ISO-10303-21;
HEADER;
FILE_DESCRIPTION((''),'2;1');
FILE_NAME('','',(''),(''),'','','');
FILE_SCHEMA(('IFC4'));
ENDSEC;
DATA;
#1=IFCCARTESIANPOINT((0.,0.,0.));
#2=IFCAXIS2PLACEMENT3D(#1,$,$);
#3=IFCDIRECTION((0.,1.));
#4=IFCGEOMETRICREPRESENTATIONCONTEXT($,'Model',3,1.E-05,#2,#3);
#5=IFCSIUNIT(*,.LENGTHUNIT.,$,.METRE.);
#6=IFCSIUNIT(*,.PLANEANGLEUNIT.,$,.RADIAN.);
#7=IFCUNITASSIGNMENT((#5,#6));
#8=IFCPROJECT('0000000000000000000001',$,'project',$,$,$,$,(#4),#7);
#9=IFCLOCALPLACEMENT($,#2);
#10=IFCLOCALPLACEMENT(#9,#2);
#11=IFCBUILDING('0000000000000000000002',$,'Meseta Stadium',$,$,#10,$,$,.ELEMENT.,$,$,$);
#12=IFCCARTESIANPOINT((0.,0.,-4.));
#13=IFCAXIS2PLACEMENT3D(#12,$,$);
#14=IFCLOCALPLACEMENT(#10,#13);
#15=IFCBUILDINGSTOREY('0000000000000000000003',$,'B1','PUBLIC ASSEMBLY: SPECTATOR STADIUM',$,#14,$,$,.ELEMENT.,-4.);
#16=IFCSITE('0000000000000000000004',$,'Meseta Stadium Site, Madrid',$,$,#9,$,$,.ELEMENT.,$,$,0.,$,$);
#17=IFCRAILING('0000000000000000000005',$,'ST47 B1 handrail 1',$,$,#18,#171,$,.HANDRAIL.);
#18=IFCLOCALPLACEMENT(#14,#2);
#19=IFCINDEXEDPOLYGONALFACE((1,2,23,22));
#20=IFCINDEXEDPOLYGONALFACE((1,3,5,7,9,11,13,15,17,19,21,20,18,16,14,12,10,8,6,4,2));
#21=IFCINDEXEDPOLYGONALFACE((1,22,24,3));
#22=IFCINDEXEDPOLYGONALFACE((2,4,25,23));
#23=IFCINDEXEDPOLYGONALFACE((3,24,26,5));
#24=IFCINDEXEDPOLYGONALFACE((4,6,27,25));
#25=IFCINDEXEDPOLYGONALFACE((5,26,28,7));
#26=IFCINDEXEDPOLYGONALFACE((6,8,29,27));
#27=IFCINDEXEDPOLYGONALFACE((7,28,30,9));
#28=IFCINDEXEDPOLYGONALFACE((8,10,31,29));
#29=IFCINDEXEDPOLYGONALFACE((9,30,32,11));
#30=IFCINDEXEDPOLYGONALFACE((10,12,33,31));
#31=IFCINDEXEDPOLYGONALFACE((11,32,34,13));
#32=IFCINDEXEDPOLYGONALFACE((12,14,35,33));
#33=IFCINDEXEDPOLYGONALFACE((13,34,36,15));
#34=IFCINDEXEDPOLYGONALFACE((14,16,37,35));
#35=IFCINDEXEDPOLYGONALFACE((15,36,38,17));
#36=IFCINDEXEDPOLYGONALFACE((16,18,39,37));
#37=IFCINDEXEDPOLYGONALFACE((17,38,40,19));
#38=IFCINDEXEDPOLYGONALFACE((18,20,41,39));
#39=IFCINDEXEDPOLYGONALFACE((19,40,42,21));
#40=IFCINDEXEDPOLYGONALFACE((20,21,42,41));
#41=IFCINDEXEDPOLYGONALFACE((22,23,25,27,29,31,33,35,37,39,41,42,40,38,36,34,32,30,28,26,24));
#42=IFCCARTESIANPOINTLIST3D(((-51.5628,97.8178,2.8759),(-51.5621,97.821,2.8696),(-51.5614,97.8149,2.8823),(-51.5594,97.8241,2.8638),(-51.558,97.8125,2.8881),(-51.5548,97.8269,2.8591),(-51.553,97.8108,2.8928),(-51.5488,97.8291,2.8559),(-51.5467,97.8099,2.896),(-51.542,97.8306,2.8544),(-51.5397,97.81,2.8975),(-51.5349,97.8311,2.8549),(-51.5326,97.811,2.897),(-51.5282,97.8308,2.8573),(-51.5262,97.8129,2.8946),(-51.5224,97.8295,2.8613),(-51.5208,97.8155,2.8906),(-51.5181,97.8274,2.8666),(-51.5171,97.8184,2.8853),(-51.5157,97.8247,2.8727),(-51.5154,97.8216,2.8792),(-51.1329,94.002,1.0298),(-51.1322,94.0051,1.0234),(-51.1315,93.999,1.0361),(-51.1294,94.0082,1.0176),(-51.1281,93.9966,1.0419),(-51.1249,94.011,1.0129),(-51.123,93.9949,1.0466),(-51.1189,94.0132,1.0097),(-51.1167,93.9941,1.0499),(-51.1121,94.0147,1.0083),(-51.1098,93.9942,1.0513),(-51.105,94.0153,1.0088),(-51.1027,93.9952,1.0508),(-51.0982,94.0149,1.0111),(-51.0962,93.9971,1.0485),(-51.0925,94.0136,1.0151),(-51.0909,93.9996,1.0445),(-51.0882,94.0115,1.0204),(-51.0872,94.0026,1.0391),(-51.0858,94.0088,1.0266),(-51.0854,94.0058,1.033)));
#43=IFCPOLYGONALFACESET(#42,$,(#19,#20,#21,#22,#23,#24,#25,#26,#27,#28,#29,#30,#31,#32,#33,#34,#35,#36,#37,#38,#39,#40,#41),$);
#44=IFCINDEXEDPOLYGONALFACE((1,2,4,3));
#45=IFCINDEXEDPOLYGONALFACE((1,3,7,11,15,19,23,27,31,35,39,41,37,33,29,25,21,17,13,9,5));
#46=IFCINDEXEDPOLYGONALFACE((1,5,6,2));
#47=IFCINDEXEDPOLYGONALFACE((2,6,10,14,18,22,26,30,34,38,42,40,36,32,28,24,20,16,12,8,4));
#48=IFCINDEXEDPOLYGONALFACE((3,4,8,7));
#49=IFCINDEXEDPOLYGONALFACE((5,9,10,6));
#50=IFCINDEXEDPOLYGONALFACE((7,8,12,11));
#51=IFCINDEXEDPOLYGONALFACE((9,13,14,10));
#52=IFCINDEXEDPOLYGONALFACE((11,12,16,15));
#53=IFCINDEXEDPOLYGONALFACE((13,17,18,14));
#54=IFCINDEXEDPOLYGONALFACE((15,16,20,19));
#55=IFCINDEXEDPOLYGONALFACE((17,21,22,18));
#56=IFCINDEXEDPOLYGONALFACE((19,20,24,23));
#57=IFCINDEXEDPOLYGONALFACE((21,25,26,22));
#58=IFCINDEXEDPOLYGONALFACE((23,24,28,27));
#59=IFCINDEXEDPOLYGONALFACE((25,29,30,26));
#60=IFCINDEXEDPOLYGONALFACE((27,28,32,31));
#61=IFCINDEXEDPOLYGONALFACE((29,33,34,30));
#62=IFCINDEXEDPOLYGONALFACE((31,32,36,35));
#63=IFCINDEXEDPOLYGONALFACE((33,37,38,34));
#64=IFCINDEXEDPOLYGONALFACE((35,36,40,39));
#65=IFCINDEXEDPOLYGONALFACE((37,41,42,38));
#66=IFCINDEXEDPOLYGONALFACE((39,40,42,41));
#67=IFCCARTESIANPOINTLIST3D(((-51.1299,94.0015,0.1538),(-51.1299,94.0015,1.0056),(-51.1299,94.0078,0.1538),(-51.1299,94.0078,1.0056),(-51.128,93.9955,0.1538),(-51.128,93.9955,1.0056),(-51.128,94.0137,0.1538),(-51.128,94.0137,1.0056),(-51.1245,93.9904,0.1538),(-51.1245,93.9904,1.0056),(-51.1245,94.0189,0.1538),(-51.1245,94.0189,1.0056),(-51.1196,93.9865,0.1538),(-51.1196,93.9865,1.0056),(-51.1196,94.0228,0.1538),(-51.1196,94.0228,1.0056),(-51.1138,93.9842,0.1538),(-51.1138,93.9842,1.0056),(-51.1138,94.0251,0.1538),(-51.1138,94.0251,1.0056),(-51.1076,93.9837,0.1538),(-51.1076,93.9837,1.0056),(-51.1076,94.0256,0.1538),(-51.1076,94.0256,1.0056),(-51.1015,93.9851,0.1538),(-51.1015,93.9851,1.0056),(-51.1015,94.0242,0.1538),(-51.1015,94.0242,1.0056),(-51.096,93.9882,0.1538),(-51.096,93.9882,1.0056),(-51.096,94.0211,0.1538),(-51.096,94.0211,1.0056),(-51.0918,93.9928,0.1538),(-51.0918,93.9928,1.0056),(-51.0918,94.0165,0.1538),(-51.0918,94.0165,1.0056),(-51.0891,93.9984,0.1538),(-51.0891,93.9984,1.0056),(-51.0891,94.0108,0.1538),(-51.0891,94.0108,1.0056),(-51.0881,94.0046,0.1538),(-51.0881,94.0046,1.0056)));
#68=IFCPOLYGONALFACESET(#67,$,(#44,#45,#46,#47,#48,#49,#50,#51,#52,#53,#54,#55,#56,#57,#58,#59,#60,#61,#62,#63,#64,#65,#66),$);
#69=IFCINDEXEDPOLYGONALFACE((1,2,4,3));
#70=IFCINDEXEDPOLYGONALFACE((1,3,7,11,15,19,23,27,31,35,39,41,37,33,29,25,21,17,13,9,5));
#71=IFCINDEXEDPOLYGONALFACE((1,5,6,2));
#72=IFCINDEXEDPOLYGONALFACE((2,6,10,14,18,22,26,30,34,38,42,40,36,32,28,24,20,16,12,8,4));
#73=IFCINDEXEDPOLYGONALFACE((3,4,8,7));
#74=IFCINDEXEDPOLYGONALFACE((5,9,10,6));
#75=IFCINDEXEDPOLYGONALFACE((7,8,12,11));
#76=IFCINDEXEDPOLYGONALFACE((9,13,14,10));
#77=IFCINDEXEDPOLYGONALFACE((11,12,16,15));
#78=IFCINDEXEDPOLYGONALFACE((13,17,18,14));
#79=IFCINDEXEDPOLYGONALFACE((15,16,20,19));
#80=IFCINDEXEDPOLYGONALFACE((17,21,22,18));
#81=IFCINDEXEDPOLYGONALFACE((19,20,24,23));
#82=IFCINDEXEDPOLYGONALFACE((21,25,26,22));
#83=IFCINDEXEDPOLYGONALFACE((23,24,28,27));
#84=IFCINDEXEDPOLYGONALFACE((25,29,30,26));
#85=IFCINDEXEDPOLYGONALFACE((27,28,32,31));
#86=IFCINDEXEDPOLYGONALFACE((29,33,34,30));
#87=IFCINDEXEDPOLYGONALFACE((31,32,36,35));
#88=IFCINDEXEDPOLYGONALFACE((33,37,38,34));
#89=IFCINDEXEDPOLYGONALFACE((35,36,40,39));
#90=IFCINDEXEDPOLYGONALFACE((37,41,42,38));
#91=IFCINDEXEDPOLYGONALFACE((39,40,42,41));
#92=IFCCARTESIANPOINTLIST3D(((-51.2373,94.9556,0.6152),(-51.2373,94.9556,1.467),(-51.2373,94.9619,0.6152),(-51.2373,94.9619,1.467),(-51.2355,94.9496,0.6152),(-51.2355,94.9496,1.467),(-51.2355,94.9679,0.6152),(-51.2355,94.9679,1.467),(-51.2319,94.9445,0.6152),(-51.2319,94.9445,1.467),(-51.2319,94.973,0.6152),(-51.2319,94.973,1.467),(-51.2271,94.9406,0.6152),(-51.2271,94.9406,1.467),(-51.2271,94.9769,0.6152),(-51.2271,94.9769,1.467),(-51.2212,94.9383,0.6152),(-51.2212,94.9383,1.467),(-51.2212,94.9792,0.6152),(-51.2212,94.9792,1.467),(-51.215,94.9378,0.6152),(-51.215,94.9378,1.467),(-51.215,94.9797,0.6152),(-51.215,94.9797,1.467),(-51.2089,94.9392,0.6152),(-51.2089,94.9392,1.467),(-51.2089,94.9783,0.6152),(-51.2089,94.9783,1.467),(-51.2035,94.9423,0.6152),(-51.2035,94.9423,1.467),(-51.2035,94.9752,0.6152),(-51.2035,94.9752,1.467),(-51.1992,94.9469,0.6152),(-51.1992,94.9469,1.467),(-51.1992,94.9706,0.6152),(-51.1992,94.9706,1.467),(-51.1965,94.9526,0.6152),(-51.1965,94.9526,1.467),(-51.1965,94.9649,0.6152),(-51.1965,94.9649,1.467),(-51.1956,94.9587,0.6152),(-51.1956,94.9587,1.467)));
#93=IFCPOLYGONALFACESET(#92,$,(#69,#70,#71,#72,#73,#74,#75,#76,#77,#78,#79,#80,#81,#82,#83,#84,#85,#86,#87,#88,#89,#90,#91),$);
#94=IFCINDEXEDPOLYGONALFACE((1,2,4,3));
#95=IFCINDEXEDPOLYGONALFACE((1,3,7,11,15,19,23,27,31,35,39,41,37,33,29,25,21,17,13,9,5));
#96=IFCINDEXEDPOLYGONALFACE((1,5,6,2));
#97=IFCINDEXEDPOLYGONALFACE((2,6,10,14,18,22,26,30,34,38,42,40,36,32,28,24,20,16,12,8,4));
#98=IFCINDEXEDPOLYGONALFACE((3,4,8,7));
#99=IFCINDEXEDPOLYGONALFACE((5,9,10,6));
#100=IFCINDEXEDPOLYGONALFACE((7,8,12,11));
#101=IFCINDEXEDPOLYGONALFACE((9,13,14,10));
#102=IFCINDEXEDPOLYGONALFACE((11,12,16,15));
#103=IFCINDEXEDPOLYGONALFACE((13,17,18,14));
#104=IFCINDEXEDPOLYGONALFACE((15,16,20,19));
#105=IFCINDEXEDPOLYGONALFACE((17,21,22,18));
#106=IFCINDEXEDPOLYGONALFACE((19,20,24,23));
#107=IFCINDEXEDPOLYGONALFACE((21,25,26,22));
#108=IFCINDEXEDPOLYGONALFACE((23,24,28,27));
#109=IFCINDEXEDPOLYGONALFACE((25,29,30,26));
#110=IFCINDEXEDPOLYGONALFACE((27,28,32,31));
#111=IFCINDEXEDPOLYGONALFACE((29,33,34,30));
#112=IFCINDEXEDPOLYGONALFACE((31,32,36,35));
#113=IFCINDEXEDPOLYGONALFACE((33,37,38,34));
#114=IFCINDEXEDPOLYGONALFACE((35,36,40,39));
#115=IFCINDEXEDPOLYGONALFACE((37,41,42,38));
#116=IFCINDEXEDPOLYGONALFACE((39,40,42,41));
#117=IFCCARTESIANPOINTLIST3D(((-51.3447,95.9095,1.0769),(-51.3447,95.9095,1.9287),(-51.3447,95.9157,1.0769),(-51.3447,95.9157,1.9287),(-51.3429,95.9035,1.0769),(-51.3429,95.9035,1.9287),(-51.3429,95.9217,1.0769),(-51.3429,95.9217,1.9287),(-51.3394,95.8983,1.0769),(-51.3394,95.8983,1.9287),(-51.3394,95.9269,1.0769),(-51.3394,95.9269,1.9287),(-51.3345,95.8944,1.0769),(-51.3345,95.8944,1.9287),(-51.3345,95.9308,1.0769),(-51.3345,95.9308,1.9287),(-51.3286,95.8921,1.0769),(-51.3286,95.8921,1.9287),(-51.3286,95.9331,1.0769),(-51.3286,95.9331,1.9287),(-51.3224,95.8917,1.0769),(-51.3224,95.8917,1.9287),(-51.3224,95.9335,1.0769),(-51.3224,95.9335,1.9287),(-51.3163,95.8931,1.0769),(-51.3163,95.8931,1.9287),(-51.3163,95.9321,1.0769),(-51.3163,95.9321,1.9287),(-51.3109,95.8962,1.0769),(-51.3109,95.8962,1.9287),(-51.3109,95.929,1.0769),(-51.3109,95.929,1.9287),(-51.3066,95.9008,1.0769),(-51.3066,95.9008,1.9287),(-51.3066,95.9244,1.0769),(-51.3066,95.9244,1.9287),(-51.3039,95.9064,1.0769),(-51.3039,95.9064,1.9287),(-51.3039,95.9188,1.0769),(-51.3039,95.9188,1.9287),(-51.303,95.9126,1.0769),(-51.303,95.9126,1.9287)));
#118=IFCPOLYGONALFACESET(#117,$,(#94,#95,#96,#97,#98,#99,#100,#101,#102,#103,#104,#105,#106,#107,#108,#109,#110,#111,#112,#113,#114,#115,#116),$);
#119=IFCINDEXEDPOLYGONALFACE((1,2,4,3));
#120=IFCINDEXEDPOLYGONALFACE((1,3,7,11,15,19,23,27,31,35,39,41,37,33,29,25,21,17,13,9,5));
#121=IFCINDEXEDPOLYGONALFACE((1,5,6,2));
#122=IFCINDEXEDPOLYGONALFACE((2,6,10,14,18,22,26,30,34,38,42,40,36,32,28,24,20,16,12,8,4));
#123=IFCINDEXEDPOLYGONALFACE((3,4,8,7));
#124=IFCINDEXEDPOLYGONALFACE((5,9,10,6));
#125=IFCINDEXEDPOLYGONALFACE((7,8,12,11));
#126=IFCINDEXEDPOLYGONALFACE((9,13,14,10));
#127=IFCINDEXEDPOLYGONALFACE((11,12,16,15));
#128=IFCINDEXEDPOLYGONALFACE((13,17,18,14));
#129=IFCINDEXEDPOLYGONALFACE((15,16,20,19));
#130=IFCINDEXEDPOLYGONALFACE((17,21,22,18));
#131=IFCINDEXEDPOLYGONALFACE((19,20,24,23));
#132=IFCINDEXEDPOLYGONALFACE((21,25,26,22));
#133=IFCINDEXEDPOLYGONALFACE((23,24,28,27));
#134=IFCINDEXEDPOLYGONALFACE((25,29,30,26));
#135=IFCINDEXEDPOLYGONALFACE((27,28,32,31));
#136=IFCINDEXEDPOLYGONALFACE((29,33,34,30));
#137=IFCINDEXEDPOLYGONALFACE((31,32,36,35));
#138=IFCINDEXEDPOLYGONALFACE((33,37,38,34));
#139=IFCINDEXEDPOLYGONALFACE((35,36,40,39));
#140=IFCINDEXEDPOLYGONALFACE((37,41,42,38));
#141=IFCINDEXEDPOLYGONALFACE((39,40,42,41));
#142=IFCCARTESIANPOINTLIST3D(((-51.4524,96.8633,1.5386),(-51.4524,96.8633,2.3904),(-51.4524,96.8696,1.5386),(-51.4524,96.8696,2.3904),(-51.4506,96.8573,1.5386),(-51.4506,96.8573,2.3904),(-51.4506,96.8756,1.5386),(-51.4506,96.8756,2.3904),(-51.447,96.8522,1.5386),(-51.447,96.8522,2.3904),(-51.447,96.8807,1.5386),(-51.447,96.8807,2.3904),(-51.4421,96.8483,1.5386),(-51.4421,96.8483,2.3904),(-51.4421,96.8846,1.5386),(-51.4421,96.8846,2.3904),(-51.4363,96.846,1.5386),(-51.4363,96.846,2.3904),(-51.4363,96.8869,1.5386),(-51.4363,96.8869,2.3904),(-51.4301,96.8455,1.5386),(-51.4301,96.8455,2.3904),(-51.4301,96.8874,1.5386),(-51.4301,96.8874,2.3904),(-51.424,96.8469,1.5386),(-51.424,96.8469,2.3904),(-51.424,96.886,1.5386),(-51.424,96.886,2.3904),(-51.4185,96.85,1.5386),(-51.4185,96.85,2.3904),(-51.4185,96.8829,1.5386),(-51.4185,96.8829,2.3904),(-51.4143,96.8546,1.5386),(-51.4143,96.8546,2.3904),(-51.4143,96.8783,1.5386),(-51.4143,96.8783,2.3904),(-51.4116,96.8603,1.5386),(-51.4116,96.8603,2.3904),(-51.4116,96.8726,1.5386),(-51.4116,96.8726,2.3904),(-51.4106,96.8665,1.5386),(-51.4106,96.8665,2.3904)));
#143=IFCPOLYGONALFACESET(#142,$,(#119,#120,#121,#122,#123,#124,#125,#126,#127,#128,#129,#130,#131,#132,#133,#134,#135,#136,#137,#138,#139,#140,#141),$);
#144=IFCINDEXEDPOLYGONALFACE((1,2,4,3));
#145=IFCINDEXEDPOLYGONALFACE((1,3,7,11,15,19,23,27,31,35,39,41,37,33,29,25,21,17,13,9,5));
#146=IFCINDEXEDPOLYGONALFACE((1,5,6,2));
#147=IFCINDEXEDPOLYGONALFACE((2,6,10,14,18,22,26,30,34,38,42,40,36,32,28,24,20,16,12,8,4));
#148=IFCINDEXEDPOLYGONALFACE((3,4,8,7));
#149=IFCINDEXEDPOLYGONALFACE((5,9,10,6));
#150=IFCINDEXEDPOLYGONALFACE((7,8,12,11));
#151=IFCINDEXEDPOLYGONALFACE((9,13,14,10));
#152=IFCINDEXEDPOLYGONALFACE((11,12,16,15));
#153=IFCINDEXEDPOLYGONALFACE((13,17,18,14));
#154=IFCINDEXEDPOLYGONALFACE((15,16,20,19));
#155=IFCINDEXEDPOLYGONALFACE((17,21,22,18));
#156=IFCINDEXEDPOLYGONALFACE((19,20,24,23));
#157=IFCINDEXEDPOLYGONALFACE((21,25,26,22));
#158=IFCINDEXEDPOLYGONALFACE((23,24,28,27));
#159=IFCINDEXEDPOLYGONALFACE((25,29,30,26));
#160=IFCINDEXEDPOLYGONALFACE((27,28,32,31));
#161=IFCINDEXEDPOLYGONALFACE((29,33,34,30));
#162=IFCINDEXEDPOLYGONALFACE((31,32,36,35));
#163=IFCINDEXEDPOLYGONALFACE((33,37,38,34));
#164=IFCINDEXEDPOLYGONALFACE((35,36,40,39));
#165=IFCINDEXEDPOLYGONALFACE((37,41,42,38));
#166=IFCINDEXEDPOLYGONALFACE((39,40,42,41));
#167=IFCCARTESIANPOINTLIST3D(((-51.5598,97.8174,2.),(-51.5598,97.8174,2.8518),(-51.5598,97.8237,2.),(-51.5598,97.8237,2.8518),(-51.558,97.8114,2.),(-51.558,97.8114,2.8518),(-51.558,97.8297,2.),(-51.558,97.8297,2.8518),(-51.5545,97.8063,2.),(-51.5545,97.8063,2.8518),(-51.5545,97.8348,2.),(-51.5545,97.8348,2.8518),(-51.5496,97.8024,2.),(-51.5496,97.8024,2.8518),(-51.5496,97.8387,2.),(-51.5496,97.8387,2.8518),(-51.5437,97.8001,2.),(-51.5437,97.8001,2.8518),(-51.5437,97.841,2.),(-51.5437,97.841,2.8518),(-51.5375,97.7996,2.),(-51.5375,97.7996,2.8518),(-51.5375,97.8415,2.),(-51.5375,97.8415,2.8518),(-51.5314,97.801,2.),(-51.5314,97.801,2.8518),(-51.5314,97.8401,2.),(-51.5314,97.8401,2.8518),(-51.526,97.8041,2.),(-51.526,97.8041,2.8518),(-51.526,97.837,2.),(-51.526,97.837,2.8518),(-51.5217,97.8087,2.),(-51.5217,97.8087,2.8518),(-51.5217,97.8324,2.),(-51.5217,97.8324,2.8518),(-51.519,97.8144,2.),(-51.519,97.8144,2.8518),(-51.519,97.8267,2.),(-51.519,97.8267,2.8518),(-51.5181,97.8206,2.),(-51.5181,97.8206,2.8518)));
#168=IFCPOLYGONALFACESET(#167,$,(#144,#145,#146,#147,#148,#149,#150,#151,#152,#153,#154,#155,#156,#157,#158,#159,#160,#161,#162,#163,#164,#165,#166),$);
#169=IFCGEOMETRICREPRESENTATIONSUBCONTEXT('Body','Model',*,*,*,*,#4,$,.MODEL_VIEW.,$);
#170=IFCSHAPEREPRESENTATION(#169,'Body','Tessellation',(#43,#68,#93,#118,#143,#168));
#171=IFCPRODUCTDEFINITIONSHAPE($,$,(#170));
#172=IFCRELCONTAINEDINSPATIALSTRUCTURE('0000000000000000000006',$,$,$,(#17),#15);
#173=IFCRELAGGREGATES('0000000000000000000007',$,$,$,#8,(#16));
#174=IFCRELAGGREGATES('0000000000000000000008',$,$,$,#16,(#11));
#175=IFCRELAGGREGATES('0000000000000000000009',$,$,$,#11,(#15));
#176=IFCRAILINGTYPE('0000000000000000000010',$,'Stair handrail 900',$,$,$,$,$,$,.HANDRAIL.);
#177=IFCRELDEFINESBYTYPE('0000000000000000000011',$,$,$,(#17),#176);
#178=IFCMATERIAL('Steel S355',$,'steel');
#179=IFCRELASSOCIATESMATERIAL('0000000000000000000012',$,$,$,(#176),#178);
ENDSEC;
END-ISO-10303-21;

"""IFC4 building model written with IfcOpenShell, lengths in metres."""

from ifc_helpers import new_model, si_unit, direction, frame, origin, origin_2d, place, context, subcontext, project, spatial, circle, extrude, material, type_object, element, save


model = new_model("IFC4")

# Units and contexts
model_context = context("Model", 3, precision=1e-05, world=origin(), true_north=direction((0.0, 1.0)))
body_context = subcontext(model_context, "Body", "Model", "MODEL_VIEW")
ifc_project = project(units=[si_unit("LENGTHUNIT", "METRE"), si_unit("PLANEANGLEUNIT", "RADIAN")], contexts=[model_context])

# Site, building, storey
site_placement = place(None, origin())
site = spatial("IfcSite", under=ifc_project, at=site_placement, Name="Meseta Stadium Site, Madrid", CompositionType="ELEMENT", RefElevation=0.0)
building_placement = place(site_placement, origin())
building = spatial("IfcBuilding", under=site, at=building_placement, Name="Meseta Stadium", CompositionType="ELEMENT")
storey_placement = place(building_placement, frame((0.0, 0.0, -4.0)))
storey = spatial("IfcBuildingStorey", under=building, at=storey_placement, Name="B1", Description="PUBLIC ASSEMBLY: SPECTATOR STADIUM", CompositionType="ELEMENT", Elevation=-4.0)

# Railing
ifc_material_1 = material(Name="Steel S355", Category="steel")
railing_type_1 = type_object("IfcRailingType", Name="Stair handrail 900", PredefinedType="HANDRAIL", material=ifc_material_1)
railing_1_placement = place(storey_placement, frame((-51.1091, 94.0046, 0.1538)))
element("IfcRailing", 1, at=railing_1_placement, inside=storey, type_object=railing_type_1, Name="ST47 B1 handrail 1", PredefinedType="HANDRAIL", context=body_context, shape_type="SweptSolid", body=[
    extrude(circle(Radius=0.0239, at=origin_2d()), frame((0.0, 0.0, 0.876), z_axis=(-0.100904, 0.895585, 0.433296), x_axis=(-0.993713, -0.11196, 0.0)), (0.0, 0.0, 1.0), 4.2607),
    extrude(circle(Radius=0.021, at=origin_2d()), origin(), (0.0, 0.0, 1.0), 0.8518),
    extrude(circle(Radius=0.021, at=origin_2d()), frame((-0.1074, 0.9541, 0.4614)), (0.0, 0.0, 1.0), 0.8518),
    extrude(circle(Radius=0.021, at=origin_2d()), frame((-0.2148, 1.908, 0.9231)), (0.0, 0.0, 1.0), 0.8518),
    extrude(circle(Radius=0.021, at=origin_2d()), frame((-0.3225, 2.8618, 1.3848)), (0.0, 0.0, 1.0), 0.8518),
    extrude(circle(Radius=0.021, at=origin_2d()), frame((-0.4299, 3.8159, 1.8462)), (0.0, 0.0, 1.0), 0.8518),
])

save(model, "model.ifc")
